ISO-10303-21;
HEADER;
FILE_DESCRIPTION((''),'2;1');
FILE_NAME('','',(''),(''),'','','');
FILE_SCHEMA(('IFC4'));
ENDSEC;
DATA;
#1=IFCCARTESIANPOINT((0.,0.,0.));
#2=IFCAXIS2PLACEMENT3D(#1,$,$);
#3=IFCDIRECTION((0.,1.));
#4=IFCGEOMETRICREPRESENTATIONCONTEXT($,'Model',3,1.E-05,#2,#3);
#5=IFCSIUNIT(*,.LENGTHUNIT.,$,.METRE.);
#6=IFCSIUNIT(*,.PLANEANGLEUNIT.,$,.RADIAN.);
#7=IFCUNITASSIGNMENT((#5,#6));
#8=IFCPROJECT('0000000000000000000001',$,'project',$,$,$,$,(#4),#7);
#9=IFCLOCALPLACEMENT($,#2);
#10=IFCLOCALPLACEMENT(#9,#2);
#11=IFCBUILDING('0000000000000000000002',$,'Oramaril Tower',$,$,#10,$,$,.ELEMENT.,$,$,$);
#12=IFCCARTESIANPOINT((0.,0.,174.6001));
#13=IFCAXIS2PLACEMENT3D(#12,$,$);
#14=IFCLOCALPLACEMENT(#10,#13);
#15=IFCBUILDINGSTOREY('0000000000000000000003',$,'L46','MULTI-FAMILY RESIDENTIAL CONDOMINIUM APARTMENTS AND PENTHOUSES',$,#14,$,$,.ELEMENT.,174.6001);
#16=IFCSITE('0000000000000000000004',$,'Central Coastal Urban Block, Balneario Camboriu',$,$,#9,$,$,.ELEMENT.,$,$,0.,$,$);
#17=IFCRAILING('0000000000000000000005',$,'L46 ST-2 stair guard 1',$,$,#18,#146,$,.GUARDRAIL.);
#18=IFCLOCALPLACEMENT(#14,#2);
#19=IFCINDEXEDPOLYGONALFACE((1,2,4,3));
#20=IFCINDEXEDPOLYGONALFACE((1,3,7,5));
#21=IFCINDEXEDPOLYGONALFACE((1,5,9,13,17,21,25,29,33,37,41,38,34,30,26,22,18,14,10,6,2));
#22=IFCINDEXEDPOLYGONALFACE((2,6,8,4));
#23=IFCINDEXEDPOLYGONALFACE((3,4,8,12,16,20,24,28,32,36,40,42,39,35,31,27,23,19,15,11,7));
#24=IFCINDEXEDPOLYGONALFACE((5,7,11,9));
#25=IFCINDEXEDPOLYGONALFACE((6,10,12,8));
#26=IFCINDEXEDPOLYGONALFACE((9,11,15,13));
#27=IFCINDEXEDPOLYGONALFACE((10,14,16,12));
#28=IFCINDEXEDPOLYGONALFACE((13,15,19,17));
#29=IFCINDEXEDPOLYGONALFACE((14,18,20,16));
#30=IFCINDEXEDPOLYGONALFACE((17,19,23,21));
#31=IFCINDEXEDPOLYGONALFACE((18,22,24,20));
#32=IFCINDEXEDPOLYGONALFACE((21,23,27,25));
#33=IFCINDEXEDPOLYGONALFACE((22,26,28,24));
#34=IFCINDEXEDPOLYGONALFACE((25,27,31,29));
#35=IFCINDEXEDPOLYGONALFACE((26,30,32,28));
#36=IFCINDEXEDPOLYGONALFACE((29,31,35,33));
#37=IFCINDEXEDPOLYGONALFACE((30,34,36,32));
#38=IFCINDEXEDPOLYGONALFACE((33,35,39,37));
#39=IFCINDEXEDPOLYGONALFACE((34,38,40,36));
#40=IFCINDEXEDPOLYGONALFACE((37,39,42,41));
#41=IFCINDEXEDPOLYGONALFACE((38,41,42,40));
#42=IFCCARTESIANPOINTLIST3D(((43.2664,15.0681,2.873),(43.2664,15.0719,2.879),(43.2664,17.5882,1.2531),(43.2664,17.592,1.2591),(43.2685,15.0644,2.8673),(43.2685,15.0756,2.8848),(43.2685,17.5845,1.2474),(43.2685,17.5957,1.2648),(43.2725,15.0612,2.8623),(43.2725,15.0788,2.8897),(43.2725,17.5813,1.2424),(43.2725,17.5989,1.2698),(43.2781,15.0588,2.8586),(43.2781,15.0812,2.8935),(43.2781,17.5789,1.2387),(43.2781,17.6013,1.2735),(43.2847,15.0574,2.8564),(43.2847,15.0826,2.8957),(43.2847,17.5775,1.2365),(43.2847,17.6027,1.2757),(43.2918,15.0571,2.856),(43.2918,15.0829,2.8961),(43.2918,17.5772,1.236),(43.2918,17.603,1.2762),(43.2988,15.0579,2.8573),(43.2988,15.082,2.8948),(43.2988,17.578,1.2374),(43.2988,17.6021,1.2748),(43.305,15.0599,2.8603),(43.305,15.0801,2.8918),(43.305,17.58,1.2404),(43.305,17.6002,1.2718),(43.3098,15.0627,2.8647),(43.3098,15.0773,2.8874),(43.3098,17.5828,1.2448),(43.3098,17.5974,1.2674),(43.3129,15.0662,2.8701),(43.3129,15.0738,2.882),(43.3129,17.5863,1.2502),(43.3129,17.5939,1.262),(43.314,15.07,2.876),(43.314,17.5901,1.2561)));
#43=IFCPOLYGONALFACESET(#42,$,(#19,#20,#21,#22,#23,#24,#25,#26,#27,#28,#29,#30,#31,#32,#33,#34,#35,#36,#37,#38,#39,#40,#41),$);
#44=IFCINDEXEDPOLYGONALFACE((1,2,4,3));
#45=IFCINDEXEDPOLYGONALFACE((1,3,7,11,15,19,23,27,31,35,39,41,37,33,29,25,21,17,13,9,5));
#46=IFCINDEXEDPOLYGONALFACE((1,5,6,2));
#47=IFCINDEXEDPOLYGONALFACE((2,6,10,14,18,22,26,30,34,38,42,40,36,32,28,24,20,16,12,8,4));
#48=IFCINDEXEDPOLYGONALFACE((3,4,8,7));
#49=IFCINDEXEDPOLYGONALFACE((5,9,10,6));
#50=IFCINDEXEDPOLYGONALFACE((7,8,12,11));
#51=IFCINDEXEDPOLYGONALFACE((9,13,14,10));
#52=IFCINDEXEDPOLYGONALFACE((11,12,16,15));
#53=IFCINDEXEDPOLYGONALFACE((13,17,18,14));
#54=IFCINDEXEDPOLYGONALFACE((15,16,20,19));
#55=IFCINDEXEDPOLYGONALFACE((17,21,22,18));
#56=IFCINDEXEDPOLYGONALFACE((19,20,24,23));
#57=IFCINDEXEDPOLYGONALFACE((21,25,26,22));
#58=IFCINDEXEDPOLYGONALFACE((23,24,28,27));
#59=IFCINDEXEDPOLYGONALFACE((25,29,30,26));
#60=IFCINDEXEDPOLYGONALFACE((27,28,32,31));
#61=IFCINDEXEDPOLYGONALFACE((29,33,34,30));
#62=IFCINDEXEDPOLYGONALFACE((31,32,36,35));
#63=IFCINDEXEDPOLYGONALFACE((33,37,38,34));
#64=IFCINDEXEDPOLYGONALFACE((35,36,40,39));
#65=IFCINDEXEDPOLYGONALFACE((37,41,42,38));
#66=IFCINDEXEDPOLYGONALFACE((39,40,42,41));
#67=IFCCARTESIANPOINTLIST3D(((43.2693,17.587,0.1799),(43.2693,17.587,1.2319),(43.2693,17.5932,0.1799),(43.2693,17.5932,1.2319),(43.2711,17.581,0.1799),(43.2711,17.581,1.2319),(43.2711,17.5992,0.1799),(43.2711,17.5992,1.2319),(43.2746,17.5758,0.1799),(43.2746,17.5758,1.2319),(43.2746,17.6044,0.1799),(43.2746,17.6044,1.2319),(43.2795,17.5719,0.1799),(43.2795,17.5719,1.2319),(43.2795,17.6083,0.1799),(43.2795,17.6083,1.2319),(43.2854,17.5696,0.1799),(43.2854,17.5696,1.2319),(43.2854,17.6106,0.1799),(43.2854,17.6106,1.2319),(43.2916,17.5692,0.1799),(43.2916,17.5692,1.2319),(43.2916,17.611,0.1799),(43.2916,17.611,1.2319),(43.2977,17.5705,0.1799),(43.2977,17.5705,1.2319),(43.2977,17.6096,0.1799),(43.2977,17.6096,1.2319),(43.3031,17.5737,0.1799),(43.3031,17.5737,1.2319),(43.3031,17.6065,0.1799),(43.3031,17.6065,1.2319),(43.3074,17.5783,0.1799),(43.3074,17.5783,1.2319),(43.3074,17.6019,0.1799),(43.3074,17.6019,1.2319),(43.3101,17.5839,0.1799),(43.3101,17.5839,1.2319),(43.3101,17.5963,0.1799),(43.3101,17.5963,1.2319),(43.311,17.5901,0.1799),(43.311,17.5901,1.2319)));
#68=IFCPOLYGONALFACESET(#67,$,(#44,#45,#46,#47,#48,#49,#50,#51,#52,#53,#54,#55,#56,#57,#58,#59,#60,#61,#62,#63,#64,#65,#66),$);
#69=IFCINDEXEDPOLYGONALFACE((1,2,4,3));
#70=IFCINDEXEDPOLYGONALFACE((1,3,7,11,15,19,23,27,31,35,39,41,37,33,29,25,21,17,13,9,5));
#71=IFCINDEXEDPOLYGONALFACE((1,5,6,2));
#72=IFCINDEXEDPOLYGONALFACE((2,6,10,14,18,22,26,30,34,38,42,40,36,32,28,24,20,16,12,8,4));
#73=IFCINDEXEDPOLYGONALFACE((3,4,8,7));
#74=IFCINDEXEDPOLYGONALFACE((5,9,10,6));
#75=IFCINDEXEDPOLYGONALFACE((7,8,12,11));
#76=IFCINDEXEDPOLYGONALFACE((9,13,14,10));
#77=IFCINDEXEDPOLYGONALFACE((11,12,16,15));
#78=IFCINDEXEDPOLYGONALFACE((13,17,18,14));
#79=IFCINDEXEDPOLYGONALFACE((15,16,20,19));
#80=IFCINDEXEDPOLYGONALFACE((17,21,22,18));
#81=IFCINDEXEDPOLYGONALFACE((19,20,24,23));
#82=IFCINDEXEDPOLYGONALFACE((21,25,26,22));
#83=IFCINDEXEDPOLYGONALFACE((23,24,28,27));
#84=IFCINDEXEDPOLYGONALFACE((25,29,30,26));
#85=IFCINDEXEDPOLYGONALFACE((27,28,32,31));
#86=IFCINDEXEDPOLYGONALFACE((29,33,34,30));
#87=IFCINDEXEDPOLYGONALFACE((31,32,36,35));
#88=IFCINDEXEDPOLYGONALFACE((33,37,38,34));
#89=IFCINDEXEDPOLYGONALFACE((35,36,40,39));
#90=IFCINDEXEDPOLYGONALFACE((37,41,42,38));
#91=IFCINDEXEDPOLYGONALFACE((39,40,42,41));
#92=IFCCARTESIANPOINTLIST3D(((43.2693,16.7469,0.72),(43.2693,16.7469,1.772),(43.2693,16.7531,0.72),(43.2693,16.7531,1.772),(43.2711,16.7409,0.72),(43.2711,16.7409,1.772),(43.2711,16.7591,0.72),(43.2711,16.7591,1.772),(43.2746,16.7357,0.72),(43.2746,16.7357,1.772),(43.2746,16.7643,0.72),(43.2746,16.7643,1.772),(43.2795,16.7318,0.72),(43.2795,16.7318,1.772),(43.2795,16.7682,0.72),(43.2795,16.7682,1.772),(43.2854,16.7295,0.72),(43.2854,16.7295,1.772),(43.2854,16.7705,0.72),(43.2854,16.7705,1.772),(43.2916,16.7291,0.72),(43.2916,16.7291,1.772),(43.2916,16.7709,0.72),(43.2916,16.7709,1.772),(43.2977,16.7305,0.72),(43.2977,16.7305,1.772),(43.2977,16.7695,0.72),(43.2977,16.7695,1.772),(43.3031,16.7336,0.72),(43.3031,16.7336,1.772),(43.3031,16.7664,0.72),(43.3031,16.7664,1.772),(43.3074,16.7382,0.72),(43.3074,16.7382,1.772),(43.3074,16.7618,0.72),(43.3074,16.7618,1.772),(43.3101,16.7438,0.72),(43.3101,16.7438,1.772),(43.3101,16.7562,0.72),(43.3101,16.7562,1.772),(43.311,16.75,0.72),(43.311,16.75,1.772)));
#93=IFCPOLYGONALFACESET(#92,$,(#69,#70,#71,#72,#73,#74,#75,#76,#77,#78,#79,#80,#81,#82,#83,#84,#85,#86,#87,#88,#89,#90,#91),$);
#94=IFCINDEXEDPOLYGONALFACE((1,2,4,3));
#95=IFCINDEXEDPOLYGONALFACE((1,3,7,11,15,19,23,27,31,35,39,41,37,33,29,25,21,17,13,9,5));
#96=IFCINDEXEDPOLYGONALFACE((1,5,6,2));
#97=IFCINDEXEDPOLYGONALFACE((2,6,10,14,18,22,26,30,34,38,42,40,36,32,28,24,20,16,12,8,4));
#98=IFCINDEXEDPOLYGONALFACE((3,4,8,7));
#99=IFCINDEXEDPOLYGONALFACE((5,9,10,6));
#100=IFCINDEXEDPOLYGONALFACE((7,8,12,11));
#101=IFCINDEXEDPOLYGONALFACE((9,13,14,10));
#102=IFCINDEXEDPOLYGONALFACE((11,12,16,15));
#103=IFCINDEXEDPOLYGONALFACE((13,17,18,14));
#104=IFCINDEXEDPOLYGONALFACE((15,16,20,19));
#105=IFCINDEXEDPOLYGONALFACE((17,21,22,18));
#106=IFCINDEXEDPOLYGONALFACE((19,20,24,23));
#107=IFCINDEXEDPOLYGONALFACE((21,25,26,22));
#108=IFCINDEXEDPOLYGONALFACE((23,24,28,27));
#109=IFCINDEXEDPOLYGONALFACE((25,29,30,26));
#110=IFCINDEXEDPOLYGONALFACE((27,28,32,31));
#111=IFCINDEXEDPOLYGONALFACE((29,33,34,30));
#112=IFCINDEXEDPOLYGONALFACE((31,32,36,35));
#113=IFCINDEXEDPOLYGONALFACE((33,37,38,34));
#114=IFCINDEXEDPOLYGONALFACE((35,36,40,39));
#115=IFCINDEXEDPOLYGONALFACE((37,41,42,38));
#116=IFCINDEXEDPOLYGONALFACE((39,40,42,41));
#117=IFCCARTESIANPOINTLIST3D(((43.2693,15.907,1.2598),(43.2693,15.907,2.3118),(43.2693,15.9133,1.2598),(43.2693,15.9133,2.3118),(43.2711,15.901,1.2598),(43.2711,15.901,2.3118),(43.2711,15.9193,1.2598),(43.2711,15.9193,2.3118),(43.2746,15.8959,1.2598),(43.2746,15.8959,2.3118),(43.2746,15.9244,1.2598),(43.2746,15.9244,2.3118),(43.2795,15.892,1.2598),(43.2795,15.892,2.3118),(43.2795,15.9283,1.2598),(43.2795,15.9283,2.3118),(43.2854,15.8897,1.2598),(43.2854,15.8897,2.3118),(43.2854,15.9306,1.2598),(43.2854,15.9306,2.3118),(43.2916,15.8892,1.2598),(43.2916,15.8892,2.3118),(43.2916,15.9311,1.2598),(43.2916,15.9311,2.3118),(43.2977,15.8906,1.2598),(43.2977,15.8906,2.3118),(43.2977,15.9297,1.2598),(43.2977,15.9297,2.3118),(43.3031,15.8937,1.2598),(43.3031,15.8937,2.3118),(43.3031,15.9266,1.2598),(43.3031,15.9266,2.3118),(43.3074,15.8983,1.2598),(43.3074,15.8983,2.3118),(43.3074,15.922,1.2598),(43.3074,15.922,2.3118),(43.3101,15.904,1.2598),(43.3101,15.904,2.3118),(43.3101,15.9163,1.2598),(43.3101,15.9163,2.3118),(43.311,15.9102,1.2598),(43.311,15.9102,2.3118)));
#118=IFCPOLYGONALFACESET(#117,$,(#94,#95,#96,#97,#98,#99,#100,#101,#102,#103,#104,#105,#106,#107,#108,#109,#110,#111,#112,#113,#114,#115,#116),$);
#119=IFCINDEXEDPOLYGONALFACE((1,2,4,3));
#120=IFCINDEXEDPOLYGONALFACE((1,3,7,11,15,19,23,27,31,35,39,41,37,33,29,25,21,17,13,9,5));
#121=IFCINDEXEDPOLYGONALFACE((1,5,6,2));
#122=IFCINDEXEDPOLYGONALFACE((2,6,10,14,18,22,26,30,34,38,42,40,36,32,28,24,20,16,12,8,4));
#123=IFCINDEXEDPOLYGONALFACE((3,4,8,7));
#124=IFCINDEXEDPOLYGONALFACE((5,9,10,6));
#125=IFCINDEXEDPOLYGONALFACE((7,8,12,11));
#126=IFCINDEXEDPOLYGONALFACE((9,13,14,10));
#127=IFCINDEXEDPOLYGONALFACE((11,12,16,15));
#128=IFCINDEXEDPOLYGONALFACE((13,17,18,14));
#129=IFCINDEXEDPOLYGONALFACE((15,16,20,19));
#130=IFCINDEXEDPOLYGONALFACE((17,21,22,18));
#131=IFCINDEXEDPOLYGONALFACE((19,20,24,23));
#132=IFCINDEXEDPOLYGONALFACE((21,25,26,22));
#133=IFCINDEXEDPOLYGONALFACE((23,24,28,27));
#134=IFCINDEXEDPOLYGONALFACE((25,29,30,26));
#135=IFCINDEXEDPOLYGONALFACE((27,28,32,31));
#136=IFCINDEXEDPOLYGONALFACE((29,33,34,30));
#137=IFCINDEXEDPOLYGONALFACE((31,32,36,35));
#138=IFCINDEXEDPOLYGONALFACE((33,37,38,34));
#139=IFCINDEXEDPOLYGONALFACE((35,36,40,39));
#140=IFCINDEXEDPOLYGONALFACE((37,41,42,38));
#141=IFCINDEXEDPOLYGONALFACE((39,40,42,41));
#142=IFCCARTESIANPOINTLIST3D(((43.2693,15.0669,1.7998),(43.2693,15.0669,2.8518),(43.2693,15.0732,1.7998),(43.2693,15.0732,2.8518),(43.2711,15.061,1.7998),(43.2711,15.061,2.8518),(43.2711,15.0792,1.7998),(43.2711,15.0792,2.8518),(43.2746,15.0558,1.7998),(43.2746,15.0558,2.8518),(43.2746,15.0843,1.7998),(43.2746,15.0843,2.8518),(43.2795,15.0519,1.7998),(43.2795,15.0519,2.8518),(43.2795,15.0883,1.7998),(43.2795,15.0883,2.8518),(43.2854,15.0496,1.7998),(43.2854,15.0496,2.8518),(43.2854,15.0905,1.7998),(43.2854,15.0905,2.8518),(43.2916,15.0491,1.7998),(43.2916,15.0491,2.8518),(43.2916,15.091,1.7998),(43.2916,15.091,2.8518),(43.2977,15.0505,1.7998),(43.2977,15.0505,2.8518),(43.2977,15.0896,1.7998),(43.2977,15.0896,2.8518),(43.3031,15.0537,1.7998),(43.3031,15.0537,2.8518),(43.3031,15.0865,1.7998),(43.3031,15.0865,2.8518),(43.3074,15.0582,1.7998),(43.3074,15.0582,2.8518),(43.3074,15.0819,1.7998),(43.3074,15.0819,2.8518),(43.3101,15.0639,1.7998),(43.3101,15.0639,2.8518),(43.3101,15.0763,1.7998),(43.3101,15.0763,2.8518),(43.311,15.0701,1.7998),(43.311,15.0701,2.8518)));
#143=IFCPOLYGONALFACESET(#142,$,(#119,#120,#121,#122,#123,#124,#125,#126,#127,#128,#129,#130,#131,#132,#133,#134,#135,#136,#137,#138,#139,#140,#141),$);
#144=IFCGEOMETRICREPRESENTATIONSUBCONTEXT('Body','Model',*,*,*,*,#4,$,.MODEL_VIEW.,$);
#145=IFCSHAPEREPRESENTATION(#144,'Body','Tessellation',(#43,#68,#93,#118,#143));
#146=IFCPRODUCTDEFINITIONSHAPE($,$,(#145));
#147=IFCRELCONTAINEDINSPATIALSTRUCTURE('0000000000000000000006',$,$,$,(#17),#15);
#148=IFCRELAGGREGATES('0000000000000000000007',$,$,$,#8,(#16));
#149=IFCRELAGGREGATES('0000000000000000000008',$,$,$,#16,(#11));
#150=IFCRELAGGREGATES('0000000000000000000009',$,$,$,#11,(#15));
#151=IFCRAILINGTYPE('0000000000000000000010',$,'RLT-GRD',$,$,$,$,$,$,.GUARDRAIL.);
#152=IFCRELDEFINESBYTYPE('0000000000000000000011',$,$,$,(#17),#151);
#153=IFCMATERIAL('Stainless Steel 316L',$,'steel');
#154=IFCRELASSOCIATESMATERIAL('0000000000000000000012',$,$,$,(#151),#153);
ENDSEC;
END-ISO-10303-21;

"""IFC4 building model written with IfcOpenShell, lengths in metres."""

from ifc_helpers import new_model, si_unit, direction, frame, origin, origin_2d, place, context, subcontext, project, spatial, circle, extrude, material, type_object, element, save


model = new_model("IFC4")

# Units and contexts
model_context = context("Model", 3, precision=1e-05, world=origin(), true_north=direction((0.0, 1.0)))
body_context = subcontext(model_context, "Body", "Model", "MODEL_VIEW")
ifc_project = project(units=[si_unit("LENGTHUNIT", "METRE"), si_unit("PLANEANGLEUNIT", "RADIAN")], contexts=[model_context])

# Site, building, storey
site_placement = place(None, origin())
site = spatial("IfcSite", under=ifc_project, at=site_placement, Name="Central Coastal Urban Block, Balneario Camboriu", CompositionType="ELEMENT", RefElevation=0.0)
building_placement = place(site_placement, origin())
building = spatial("IfcBuilding", under=site, at=building_placement, Name="Oramaril Tower", CompositionType="ELEMENT")
storey_placement = place(building_placement, frame((0.0, 0.0, 174.6001)))
storey = spatial("IfcBuildingStorey", under=building, at=storey_placement, Name="L46", Description="MULTI-FAMILY RESIDENTIAL CONDOMINIUM APARTMENTS AND PENTHOUSES", CompositionType="ELEMENT", Elevation=174.6001)

# Railing
ifc_material_1 = material(Name="Stainless Steel 316L", Category="steel")
railing_type_1 = type_object("IfcRailingType", Name="RLT-GRD", PredefinedType="GUARDRAIL", material=ifc_material_1)
railing_1_placement = place(storey_placement, frame((43.29, 17.5901, 0.1799)))
element("IfcRailing", 1, at=railing_1_placement, inside=storey, type_object=railing_type_1, Name="L46 ST-2 stair guard 1", PredefinedType="GUARDRAIL", context=body_context, shape_type="SweptSolid", body=[
    extrude(circle(Radius=0.0239, at=origin_2d()), frame((0.0, 0.0, 1.0762), z_axis=(0.0, -0.8412, 0.540725), x_axis=(1.0, 0.0, 0.0)), (0.0, 0.0, 1.0), 2.9958),
    extrude(circle(Radius=0.021, at=origin_2d()), origin(), (0.0, 0.0, 1.0), 1.052),
    extrude(circle(Radius=0.021, at=origin_2d()), frame((0.0, -0.8401, 0.54)), (0.0, 0.0, 1.0), 1.052),
    extrude(circle(Radius=0.021, at=origin_2d()), frame((0.0, -1.6799, 1.0798)), (0.0, 0.0, 1.0), 1.052),
    extrude(circle(Radius=0.021, at=origin_2d()), frame((0.0, -2.52, 1.6199)), (0.0, 0.0, 1.0), 1.052),
])

save(model, "model.ifc")
